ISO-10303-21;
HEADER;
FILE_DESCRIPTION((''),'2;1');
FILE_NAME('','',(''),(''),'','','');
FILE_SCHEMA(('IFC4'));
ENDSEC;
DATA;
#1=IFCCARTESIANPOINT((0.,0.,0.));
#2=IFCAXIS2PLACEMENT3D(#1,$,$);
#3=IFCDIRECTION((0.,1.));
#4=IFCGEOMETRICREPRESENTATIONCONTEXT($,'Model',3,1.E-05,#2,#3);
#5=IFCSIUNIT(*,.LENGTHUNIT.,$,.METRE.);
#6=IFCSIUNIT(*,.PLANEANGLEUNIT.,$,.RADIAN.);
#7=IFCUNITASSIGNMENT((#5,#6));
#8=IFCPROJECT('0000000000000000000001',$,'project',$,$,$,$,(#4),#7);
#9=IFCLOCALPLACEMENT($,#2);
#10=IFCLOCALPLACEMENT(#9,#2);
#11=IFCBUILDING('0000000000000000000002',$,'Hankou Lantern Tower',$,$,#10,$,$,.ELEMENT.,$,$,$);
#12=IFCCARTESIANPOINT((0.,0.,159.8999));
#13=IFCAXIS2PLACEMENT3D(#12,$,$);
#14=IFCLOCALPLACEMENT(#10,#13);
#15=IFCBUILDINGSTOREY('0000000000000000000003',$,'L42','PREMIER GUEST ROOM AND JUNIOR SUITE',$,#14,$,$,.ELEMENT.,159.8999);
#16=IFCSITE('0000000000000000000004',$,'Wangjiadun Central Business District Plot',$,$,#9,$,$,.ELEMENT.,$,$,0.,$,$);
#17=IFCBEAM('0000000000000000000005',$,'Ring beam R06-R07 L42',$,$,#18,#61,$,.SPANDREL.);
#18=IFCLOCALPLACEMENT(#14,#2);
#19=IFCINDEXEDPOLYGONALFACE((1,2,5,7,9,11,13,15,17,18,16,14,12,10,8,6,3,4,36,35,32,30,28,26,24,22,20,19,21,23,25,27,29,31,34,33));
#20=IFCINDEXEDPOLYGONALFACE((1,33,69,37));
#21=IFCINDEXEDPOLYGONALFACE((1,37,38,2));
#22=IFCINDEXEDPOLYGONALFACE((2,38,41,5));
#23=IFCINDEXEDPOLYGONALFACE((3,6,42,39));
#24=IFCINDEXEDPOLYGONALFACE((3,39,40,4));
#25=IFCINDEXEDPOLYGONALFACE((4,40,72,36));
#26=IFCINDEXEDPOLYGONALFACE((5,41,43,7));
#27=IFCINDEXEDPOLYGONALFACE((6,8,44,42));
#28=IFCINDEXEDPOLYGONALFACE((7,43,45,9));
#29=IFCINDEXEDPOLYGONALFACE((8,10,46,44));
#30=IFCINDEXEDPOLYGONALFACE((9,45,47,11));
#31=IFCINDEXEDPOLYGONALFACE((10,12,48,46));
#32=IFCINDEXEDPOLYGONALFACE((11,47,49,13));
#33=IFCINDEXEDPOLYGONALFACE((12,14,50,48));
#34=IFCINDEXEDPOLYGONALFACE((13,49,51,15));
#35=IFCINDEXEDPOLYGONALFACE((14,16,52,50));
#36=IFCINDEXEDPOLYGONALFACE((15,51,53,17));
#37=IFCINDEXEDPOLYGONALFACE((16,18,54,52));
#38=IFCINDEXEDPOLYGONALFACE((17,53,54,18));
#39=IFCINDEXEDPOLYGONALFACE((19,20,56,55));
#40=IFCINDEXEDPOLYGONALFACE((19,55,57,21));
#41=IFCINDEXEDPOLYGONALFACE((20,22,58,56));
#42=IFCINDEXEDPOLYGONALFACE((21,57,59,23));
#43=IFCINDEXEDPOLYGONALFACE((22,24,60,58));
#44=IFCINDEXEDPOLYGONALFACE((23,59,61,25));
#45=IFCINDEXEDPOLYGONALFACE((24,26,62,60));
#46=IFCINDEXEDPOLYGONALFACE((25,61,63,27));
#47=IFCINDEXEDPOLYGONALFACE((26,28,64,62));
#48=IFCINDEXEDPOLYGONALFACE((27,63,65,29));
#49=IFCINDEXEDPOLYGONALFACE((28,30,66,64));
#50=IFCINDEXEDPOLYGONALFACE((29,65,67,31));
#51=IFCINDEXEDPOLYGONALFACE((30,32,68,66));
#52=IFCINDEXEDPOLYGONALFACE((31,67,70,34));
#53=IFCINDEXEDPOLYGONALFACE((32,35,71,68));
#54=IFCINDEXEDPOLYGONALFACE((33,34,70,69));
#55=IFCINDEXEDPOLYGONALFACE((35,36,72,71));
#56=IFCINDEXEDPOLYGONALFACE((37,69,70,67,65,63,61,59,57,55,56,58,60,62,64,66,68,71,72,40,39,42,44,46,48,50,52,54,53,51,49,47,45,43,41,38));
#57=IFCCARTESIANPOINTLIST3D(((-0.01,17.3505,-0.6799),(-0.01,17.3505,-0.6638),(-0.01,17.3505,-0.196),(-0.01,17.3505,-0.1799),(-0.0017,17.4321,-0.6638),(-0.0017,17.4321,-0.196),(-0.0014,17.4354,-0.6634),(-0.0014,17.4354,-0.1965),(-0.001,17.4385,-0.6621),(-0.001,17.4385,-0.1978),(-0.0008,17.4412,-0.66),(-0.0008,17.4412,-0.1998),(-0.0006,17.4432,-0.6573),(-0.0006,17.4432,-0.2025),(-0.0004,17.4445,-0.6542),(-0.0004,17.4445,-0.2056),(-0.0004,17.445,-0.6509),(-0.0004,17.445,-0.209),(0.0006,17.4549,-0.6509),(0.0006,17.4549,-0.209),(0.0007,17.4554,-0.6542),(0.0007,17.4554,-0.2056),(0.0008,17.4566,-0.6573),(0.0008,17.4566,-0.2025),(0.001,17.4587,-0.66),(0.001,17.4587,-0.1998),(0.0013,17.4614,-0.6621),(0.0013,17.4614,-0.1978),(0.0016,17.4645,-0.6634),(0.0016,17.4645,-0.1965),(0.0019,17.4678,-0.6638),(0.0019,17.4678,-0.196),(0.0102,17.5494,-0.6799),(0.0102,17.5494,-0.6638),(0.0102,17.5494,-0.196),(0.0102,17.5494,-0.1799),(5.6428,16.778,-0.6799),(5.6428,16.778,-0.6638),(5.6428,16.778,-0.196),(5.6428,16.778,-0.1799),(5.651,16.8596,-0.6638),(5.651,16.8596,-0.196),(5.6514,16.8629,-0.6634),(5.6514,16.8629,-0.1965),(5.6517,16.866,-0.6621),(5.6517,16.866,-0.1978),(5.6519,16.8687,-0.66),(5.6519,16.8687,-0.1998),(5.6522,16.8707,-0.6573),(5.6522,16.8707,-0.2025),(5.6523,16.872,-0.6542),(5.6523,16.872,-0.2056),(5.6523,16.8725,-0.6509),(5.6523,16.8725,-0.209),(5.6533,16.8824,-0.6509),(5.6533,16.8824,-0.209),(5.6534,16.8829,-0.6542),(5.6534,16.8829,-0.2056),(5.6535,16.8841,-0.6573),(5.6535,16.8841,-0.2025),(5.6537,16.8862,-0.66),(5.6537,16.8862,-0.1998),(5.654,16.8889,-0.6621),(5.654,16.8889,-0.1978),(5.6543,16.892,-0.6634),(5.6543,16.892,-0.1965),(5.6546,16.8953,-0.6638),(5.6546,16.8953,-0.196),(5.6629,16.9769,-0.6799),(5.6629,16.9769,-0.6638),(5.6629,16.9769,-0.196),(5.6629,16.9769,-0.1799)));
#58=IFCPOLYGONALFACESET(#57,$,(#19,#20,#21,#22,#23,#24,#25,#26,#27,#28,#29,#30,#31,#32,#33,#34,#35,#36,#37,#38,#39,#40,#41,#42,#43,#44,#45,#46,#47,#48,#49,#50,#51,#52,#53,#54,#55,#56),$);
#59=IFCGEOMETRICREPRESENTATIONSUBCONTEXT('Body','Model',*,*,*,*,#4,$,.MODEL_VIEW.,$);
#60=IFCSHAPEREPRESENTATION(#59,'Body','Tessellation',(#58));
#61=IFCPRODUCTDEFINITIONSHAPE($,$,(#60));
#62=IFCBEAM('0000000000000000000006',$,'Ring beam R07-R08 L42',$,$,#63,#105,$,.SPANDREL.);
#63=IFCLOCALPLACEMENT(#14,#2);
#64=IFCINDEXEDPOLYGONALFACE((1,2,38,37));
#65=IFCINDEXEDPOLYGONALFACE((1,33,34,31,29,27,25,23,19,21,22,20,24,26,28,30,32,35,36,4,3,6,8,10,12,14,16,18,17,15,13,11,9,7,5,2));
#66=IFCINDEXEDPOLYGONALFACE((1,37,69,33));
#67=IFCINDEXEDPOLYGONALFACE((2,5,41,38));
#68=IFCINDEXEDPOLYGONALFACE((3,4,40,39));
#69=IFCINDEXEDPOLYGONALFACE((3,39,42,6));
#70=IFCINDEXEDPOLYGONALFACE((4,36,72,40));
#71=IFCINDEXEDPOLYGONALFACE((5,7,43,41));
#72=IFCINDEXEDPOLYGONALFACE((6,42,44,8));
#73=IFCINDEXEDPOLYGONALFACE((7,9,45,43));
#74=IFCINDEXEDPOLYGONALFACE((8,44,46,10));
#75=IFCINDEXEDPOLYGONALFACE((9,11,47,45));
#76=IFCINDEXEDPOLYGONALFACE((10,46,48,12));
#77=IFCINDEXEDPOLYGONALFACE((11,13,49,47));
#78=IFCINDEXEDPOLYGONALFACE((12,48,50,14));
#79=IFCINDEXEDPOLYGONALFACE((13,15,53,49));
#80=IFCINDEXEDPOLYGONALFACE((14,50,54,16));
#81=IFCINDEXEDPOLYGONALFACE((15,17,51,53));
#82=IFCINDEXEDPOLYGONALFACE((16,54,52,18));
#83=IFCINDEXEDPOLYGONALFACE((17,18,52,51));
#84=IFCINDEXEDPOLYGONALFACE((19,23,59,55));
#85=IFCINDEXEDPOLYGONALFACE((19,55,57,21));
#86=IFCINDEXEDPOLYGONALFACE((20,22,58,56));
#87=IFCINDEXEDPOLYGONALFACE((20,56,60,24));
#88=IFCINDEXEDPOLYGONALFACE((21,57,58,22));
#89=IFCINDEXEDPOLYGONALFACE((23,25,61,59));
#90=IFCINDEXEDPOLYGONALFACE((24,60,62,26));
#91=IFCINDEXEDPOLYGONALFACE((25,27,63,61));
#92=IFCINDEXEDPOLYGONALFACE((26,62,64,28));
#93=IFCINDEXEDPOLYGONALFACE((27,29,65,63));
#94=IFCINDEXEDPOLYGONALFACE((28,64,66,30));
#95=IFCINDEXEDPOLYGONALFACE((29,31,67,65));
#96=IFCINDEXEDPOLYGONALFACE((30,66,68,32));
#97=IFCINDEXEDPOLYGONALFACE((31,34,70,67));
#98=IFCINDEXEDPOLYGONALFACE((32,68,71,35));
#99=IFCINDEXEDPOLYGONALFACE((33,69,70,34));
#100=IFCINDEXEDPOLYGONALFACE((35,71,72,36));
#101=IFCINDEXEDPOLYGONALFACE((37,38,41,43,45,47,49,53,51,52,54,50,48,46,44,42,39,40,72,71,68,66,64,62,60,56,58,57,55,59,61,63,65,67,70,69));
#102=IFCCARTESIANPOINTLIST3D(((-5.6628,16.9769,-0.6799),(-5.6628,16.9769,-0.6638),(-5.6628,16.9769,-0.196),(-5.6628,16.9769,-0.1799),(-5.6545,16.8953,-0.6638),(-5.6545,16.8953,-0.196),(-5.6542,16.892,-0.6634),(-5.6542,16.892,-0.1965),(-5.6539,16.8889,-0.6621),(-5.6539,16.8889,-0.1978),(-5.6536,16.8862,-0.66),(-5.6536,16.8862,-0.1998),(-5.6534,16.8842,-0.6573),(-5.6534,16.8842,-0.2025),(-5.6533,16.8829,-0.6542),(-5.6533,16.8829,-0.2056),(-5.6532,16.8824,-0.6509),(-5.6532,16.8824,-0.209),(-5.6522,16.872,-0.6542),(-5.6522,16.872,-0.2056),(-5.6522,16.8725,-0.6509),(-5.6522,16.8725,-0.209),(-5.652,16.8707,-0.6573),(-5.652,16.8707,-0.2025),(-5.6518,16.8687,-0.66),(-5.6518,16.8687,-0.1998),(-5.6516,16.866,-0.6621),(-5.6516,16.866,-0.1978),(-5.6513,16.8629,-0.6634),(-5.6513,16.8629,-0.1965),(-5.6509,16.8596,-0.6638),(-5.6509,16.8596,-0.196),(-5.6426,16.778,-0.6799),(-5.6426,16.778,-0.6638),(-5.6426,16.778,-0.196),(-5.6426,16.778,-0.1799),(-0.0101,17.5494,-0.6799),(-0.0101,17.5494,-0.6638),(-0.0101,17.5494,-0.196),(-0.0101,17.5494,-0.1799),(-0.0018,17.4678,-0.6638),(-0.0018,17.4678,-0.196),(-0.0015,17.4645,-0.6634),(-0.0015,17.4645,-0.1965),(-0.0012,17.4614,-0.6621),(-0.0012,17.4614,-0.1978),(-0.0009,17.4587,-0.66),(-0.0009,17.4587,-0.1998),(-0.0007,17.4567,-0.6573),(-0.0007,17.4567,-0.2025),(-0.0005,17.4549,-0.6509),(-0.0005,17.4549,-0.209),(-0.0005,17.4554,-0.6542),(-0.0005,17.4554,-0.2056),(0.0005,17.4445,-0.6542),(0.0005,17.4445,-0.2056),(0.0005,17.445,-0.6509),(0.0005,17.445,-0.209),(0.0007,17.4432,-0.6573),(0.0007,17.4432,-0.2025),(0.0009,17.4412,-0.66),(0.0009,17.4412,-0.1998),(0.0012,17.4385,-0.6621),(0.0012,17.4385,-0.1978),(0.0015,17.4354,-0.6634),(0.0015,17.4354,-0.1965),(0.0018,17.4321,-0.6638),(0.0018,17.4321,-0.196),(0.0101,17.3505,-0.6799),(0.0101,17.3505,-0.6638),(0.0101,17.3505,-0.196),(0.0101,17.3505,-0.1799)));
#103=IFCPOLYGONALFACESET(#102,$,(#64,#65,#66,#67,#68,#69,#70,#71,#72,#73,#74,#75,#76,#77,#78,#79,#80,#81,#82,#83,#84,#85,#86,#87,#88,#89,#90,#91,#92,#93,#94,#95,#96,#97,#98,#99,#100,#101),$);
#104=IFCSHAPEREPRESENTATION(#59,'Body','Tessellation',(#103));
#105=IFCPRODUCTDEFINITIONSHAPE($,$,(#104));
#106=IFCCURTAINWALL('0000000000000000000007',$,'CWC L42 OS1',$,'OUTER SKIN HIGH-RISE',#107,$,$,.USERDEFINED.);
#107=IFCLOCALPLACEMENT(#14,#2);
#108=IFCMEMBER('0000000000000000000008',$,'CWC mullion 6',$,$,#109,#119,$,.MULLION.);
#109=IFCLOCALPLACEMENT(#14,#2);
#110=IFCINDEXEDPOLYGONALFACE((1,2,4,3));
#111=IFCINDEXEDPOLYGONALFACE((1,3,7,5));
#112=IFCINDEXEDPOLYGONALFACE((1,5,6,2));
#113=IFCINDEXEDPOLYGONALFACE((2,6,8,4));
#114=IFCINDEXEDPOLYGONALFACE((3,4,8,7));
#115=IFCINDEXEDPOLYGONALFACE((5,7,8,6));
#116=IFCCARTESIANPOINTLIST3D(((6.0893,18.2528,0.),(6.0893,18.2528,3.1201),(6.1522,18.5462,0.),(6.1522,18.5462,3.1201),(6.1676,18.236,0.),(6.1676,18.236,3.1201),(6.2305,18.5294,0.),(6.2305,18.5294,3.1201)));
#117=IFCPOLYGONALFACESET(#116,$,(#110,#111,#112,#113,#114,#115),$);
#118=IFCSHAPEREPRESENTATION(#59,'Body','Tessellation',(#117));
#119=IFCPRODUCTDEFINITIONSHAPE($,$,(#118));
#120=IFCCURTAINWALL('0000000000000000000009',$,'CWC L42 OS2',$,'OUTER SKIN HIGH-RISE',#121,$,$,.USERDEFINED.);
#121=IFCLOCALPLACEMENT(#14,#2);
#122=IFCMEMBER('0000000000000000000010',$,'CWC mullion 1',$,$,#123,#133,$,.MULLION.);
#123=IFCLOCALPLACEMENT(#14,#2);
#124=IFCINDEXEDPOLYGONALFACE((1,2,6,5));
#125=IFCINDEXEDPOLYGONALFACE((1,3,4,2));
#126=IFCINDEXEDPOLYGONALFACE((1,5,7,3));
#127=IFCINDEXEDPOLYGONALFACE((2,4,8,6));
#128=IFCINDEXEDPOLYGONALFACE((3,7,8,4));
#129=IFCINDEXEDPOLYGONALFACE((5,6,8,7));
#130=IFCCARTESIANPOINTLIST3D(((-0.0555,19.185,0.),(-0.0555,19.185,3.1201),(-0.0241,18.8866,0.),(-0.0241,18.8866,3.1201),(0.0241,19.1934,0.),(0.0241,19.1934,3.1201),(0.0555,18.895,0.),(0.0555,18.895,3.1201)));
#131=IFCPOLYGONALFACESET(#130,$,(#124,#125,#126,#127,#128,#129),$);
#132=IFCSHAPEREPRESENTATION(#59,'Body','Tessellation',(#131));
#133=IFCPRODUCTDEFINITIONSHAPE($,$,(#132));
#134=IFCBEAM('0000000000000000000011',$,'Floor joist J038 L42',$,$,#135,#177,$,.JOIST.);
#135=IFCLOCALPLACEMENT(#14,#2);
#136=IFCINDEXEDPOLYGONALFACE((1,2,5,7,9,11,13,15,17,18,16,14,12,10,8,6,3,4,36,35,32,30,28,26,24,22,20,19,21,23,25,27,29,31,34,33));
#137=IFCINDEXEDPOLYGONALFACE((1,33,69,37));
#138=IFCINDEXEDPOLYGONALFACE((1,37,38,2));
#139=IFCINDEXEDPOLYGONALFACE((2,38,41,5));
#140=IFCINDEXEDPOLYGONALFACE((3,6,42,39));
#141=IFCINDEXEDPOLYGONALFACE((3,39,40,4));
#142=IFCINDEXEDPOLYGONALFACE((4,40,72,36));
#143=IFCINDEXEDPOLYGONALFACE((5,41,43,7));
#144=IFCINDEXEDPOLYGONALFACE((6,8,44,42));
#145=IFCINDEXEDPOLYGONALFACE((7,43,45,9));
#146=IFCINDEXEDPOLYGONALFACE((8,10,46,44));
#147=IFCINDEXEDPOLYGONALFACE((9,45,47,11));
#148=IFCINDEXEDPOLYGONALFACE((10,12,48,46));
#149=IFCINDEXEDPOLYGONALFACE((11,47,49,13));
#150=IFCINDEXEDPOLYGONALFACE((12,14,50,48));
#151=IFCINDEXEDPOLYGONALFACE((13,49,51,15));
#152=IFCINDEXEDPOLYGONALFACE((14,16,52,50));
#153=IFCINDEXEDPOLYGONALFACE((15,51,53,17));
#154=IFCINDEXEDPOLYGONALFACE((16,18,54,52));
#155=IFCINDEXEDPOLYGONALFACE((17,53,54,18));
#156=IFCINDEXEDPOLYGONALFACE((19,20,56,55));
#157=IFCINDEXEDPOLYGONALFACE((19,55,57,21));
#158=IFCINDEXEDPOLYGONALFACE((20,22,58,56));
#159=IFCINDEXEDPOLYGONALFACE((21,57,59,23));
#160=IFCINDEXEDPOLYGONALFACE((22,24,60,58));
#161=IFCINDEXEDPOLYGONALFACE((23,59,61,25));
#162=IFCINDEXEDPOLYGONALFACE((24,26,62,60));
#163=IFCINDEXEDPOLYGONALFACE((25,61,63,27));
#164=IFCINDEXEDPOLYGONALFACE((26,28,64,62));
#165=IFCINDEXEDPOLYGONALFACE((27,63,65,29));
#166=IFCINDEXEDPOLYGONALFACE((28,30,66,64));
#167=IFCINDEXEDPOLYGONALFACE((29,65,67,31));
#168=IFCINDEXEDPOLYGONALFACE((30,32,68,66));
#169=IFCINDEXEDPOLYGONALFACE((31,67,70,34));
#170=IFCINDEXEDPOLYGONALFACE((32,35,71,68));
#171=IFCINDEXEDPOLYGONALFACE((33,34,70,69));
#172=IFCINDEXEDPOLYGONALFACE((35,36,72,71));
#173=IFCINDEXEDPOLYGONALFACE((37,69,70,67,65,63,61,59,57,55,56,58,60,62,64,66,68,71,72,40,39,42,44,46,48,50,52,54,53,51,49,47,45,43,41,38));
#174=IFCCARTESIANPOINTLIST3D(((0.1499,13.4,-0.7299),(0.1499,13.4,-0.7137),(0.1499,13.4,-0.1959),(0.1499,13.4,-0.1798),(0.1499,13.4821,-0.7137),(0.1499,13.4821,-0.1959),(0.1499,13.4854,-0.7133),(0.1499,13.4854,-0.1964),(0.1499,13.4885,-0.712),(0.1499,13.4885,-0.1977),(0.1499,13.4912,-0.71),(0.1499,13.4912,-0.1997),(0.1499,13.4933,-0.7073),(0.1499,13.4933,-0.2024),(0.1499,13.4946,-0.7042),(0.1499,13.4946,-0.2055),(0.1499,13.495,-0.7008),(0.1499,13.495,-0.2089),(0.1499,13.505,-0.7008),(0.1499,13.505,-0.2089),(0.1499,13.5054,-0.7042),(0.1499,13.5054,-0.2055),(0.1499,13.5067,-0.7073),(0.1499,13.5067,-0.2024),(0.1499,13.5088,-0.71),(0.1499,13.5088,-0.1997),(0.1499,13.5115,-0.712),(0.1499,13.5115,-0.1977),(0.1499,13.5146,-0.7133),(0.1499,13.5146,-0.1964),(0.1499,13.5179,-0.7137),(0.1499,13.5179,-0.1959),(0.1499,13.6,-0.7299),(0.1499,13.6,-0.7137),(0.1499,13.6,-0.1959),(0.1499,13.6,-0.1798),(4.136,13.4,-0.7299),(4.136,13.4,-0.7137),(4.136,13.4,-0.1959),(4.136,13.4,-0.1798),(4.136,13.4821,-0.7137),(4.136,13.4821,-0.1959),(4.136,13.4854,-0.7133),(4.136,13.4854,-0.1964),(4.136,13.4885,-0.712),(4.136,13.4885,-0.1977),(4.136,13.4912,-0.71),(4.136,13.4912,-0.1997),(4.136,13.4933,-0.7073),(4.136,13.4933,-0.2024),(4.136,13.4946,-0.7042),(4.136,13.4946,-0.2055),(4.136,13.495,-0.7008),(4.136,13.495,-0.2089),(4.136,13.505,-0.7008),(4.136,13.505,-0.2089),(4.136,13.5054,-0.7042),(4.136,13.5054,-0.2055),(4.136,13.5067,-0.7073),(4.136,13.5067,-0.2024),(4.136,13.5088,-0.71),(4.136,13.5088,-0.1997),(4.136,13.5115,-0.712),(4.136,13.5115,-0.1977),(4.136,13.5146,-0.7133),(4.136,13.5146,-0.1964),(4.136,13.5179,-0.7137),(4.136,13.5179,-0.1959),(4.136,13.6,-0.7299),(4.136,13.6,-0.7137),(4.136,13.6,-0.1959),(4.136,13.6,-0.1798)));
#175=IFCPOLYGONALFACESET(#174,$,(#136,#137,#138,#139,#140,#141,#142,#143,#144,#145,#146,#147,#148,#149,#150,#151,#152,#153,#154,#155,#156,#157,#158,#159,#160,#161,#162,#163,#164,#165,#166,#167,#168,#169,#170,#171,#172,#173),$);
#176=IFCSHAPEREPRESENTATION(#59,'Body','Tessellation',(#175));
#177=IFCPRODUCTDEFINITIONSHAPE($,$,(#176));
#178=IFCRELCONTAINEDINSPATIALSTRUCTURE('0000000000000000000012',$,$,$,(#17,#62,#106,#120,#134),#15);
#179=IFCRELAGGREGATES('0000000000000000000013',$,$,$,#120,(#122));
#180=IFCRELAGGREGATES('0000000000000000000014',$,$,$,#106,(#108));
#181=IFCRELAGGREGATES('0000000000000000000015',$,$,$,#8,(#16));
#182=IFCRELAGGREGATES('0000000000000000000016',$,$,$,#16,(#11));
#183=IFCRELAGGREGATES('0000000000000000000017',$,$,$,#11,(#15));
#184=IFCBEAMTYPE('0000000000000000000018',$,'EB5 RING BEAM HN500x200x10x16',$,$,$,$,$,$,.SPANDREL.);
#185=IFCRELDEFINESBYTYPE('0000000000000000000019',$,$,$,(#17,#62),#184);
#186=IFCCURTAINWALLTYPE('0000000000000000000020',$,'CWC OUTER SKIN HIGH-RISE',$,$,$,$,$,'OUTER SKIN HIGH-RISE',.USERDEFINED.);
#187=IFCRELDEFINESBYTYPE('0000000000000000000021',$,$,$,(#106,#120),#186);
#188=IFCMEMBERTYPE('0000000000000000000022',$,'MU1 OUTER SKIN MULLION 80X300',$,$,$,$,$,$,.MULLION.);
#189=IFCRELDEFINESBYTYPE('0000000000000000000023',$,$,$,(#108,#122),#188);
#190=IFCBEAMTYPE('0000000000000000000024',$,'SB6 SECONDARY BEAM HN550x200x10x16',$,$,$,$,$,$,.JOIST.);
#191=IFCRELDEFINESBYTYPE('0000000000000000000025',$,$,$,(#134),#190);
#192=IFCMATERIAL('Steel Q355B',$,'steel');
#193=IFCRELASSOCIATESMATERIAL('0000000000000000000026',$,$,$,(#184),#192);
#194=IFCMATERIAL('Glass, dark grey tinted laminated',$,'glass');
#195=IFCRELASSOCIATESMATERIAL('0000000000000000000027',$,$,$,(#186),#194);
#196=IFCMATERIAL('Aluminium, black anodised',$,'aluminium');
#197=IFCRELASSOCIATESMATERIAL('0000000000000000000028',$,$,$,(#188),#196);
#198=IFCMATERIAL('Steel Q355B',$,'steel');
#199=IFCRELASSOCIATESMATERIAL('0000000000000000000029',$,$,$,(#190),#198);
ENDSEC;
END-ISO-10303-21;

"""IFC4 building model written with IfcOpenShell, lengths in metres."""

from ifc_helpers import new_model, si_unit, direction, frame, origin, origin_2d, place, context, subcontext, project, spatial, rectangle, i_section, extrude, material, material_profile, profile_set, type_object, element, aggregate, save


model = new_model("IFC4")

# Units and contexts
model_context = context("Model", 3, precision=1e-05, world=origin(), true_north=direction((0.0, 1.0)))
body_context = subcontext(model_context, "Body", "Model", "MODEL_VIEW")
ifc_project = project(units=[si_unit("LENGTHUNIT", "METRE"), si_unit("PLANEANGLEUNIT", "RADIAN")], contexts=[model_context])

# Site, building, storey
site_placement = place(None, origin())
site = spatial("IfcSite", under=ifc_project, at=site_placement, Name="Wangjiadun Central Business District Plot", CompositionType="ELEMENT", RefElevation=0.0)
building_placement = place(site_placement, origin())
building = spatial("IfcBuilding", under=site, at=building_placement, Name="Hankou Lantern Tower", CompositionType="ELEMENT")
storey_placement = place(building_placement, frame((0.0, 0.0, 159.8999)))
storey = spatial("IfcBuildingStorey", under=building, at=storey_placement, Name="L42", Description="PREMIER GUEST ROOM AND JUNIOR SUITE", CompositionType="ELEMENT", Elevation=159.8999)

# Beams
ifc_material_1 = material(Name="Steel Q355B", Category="steel")
ifc_material_profile_1 = material_profile(ifc_material_1, i_section(OverallWidth=0.2, OverallDepth=0.5, WebThickness=0.01, FlangeThickness=0.0161, FilletRadius=0.0129, at=origin_2d()), Name="HN500x200x10x16")
ifc_profile_set_1 = profile_set([ifc_material_profile_1], Name="Steel Q355B")
beam_type_1 = type_object("IfcBeamType", Name="EB5 RING BEAM HN500x200x10x16", PredefinedType="SPANDREL", material=ifc_profile_set_1)
for number, where, z_axis, x_axis, name in (
    (1, (5.6528, 16.8774, -0.4299), (-0.99491, 0.100763, 0.0), (-0.100763, -0.99491, 0.0), "Ring beam R06-R07 L42"),
    (2, (0.0, 17.45, -0.4299), (-0.99491, -0.100763, 0.0), (0.100763, -0.99491, 0.0), "Ring beam R07-R08 L42"),
):
    element("IfcBeam", number, at=place(storey_placement, frame(where, z_axis=z_axis, x_axis=x_axis)), inside=storey, type_object=beam_type_1, Name=name, PredefinedType="SPANDREL", context=body_context, shape_type="SweptSolid", body=[
        extrude(i_section(OverallWidth=0.2, OverallDepth=0.5, WebThickness=0.01, FlangeThickness=0.0161, FilletRadius=0.0129, at=origin_2d()), origin(), (0.0, 0.0, 1.0), 5.6816),
    ])

# Curtain walls, members
ifc_material_2 = material(Name="Glass, dark grey tinted laminated", Category="glass")
curtain_wall_type = type_object("IfcCurtainWallType", Name="CWC OUTER SKIN HIGH-RISE", ElementType="OUTER SKIN HIGH-RISE", PredefinedType="USERDEFINED", material=ifc_material_2)
curtain_wall_1_placement = place(storey_placement, origin())
curtain_wall_1 = element("IfcCurtainWall", 3, at=curtain_wall_1_placement, inside=storey, type_object=curtain_wall_type, Name="CWC L42 OS1", ObjectType="OUTER SKIN HIGH-RISE", PredefinedType="USERDEFINED")
ifc_material_3 = material(Name="Aluminium, black anodised", Category="aluminium")
ifc_material_profile_2 = material_profile(ifc_material_3, rectangle(XDim=0.0801, YDim=0.3, at=origin_2d()), Name="MU1 80X300")
ifc_profile_set_2 = profile_set([ifc_material_profile_2], Name="Aluminium, black anodised")
member_type_1 = type_object("IfcMemberType", Name="MU1 OUTER SKIN MULLION 80X300", PredefinedType="MULLION", material=ifc_profile_set_2)
member_1_placement = place(storey_placement, frame((6.1599, 18.3911, 0.0), z_axis=(0.0, 0.0, 1.0), x_axis=(-0.977788, 0.209598, 0.0)))
member_1 = element("IfcMember", 4, at=member_1_placement, type_object=member_type_1, Name="CWC mullion 6", PredefinedType="MULLION", context=body_context, shape_type="SweptSolid", body=[
    extrude(rectangle(XDim=0.0801, YDim=0.3, at=origin_2d()), origin(), (0.0, 0.0, 1.0), 3.1201),
])
curtain_wall_2_placement = place(storey_placement, origin())
curtain_wall_2 = element("IfcCurtainWall", 5, at=curtain_wall_2_placement, inside=storey, type_object=curtain_wall_type, Name="CWC L42 OS2", ObjectType="OUTER SKIN HIGH-RISE", PredefinedType="USERDEFINED")
member_2_placement = place(storey_placement, frame((0.0, 19.04, 0.0), z_axis=(0.0, 0.0, 1.0), x_axis=(-0.994499, -0.104743, 0.0)))
member_2 = element("IfcMember", 6, at=member_2_placement, type_object=member_type_1, Name="CWC mullion 1", PredefinedType="MULLION", context=body_context, shape_type="SweptSolid", body=[
    extrude(rectangle(XDim=0.0801, YDim=0.3, at=origin_2d()), origin(), (0.0, 0.0, 1.0), 3.1201),
])

# Beam
ifc_material_4 = material(Name="Steel Q355B", Category="steel")
ifc_material_profile_3 = material_profile(ifc_material_4, i_section(OverallWidth=0.2, OverallDepth=0.55, WebThickness=0.01, FlangeThickness=0.0161, FilletRadius=0.0129, at=origin_2d()), Name="HN550x200x10x16")
ifc_profile_set_3 = profile_set([ifc_material_profile_3], Name="Steel Q355B")
beam_type_2 = type_object("IfcBeamType", Name="SB6 SECONDARY BEAM HN550x200x10x16", PredefinedType="JOIST", material=ifc_profile_set_3)
beam_1_placement = place(storey_placement, frame((0.1499, 13.5, -0.4548), z_axis=(1.0, 0.0, 0.0), x_axis=(0.0, 1.0, 0.0)))
element("IfcBeam", 7, at=beam_1_placement, inside=storey, type_object=beam_type_2, Name="Floor joist J038 L42", PredefinedType="JOIST", context=body_context, shape_type="SweptSolid", body=[
    extrude(i_section(OverallWidth=0.2, OverallDepth=0.55, WebThickness=0.01, FlangeThickness=0.0161, FilletRadius=0.0129, at=origin_2d()), origin(), (0.0, 0.0, 1.0), 3.9861),
])

aggregate(curtain_wall_2, [member_2])

aggregate(curtain_wall_1, [member_1])

save(model, "model.ifc")
